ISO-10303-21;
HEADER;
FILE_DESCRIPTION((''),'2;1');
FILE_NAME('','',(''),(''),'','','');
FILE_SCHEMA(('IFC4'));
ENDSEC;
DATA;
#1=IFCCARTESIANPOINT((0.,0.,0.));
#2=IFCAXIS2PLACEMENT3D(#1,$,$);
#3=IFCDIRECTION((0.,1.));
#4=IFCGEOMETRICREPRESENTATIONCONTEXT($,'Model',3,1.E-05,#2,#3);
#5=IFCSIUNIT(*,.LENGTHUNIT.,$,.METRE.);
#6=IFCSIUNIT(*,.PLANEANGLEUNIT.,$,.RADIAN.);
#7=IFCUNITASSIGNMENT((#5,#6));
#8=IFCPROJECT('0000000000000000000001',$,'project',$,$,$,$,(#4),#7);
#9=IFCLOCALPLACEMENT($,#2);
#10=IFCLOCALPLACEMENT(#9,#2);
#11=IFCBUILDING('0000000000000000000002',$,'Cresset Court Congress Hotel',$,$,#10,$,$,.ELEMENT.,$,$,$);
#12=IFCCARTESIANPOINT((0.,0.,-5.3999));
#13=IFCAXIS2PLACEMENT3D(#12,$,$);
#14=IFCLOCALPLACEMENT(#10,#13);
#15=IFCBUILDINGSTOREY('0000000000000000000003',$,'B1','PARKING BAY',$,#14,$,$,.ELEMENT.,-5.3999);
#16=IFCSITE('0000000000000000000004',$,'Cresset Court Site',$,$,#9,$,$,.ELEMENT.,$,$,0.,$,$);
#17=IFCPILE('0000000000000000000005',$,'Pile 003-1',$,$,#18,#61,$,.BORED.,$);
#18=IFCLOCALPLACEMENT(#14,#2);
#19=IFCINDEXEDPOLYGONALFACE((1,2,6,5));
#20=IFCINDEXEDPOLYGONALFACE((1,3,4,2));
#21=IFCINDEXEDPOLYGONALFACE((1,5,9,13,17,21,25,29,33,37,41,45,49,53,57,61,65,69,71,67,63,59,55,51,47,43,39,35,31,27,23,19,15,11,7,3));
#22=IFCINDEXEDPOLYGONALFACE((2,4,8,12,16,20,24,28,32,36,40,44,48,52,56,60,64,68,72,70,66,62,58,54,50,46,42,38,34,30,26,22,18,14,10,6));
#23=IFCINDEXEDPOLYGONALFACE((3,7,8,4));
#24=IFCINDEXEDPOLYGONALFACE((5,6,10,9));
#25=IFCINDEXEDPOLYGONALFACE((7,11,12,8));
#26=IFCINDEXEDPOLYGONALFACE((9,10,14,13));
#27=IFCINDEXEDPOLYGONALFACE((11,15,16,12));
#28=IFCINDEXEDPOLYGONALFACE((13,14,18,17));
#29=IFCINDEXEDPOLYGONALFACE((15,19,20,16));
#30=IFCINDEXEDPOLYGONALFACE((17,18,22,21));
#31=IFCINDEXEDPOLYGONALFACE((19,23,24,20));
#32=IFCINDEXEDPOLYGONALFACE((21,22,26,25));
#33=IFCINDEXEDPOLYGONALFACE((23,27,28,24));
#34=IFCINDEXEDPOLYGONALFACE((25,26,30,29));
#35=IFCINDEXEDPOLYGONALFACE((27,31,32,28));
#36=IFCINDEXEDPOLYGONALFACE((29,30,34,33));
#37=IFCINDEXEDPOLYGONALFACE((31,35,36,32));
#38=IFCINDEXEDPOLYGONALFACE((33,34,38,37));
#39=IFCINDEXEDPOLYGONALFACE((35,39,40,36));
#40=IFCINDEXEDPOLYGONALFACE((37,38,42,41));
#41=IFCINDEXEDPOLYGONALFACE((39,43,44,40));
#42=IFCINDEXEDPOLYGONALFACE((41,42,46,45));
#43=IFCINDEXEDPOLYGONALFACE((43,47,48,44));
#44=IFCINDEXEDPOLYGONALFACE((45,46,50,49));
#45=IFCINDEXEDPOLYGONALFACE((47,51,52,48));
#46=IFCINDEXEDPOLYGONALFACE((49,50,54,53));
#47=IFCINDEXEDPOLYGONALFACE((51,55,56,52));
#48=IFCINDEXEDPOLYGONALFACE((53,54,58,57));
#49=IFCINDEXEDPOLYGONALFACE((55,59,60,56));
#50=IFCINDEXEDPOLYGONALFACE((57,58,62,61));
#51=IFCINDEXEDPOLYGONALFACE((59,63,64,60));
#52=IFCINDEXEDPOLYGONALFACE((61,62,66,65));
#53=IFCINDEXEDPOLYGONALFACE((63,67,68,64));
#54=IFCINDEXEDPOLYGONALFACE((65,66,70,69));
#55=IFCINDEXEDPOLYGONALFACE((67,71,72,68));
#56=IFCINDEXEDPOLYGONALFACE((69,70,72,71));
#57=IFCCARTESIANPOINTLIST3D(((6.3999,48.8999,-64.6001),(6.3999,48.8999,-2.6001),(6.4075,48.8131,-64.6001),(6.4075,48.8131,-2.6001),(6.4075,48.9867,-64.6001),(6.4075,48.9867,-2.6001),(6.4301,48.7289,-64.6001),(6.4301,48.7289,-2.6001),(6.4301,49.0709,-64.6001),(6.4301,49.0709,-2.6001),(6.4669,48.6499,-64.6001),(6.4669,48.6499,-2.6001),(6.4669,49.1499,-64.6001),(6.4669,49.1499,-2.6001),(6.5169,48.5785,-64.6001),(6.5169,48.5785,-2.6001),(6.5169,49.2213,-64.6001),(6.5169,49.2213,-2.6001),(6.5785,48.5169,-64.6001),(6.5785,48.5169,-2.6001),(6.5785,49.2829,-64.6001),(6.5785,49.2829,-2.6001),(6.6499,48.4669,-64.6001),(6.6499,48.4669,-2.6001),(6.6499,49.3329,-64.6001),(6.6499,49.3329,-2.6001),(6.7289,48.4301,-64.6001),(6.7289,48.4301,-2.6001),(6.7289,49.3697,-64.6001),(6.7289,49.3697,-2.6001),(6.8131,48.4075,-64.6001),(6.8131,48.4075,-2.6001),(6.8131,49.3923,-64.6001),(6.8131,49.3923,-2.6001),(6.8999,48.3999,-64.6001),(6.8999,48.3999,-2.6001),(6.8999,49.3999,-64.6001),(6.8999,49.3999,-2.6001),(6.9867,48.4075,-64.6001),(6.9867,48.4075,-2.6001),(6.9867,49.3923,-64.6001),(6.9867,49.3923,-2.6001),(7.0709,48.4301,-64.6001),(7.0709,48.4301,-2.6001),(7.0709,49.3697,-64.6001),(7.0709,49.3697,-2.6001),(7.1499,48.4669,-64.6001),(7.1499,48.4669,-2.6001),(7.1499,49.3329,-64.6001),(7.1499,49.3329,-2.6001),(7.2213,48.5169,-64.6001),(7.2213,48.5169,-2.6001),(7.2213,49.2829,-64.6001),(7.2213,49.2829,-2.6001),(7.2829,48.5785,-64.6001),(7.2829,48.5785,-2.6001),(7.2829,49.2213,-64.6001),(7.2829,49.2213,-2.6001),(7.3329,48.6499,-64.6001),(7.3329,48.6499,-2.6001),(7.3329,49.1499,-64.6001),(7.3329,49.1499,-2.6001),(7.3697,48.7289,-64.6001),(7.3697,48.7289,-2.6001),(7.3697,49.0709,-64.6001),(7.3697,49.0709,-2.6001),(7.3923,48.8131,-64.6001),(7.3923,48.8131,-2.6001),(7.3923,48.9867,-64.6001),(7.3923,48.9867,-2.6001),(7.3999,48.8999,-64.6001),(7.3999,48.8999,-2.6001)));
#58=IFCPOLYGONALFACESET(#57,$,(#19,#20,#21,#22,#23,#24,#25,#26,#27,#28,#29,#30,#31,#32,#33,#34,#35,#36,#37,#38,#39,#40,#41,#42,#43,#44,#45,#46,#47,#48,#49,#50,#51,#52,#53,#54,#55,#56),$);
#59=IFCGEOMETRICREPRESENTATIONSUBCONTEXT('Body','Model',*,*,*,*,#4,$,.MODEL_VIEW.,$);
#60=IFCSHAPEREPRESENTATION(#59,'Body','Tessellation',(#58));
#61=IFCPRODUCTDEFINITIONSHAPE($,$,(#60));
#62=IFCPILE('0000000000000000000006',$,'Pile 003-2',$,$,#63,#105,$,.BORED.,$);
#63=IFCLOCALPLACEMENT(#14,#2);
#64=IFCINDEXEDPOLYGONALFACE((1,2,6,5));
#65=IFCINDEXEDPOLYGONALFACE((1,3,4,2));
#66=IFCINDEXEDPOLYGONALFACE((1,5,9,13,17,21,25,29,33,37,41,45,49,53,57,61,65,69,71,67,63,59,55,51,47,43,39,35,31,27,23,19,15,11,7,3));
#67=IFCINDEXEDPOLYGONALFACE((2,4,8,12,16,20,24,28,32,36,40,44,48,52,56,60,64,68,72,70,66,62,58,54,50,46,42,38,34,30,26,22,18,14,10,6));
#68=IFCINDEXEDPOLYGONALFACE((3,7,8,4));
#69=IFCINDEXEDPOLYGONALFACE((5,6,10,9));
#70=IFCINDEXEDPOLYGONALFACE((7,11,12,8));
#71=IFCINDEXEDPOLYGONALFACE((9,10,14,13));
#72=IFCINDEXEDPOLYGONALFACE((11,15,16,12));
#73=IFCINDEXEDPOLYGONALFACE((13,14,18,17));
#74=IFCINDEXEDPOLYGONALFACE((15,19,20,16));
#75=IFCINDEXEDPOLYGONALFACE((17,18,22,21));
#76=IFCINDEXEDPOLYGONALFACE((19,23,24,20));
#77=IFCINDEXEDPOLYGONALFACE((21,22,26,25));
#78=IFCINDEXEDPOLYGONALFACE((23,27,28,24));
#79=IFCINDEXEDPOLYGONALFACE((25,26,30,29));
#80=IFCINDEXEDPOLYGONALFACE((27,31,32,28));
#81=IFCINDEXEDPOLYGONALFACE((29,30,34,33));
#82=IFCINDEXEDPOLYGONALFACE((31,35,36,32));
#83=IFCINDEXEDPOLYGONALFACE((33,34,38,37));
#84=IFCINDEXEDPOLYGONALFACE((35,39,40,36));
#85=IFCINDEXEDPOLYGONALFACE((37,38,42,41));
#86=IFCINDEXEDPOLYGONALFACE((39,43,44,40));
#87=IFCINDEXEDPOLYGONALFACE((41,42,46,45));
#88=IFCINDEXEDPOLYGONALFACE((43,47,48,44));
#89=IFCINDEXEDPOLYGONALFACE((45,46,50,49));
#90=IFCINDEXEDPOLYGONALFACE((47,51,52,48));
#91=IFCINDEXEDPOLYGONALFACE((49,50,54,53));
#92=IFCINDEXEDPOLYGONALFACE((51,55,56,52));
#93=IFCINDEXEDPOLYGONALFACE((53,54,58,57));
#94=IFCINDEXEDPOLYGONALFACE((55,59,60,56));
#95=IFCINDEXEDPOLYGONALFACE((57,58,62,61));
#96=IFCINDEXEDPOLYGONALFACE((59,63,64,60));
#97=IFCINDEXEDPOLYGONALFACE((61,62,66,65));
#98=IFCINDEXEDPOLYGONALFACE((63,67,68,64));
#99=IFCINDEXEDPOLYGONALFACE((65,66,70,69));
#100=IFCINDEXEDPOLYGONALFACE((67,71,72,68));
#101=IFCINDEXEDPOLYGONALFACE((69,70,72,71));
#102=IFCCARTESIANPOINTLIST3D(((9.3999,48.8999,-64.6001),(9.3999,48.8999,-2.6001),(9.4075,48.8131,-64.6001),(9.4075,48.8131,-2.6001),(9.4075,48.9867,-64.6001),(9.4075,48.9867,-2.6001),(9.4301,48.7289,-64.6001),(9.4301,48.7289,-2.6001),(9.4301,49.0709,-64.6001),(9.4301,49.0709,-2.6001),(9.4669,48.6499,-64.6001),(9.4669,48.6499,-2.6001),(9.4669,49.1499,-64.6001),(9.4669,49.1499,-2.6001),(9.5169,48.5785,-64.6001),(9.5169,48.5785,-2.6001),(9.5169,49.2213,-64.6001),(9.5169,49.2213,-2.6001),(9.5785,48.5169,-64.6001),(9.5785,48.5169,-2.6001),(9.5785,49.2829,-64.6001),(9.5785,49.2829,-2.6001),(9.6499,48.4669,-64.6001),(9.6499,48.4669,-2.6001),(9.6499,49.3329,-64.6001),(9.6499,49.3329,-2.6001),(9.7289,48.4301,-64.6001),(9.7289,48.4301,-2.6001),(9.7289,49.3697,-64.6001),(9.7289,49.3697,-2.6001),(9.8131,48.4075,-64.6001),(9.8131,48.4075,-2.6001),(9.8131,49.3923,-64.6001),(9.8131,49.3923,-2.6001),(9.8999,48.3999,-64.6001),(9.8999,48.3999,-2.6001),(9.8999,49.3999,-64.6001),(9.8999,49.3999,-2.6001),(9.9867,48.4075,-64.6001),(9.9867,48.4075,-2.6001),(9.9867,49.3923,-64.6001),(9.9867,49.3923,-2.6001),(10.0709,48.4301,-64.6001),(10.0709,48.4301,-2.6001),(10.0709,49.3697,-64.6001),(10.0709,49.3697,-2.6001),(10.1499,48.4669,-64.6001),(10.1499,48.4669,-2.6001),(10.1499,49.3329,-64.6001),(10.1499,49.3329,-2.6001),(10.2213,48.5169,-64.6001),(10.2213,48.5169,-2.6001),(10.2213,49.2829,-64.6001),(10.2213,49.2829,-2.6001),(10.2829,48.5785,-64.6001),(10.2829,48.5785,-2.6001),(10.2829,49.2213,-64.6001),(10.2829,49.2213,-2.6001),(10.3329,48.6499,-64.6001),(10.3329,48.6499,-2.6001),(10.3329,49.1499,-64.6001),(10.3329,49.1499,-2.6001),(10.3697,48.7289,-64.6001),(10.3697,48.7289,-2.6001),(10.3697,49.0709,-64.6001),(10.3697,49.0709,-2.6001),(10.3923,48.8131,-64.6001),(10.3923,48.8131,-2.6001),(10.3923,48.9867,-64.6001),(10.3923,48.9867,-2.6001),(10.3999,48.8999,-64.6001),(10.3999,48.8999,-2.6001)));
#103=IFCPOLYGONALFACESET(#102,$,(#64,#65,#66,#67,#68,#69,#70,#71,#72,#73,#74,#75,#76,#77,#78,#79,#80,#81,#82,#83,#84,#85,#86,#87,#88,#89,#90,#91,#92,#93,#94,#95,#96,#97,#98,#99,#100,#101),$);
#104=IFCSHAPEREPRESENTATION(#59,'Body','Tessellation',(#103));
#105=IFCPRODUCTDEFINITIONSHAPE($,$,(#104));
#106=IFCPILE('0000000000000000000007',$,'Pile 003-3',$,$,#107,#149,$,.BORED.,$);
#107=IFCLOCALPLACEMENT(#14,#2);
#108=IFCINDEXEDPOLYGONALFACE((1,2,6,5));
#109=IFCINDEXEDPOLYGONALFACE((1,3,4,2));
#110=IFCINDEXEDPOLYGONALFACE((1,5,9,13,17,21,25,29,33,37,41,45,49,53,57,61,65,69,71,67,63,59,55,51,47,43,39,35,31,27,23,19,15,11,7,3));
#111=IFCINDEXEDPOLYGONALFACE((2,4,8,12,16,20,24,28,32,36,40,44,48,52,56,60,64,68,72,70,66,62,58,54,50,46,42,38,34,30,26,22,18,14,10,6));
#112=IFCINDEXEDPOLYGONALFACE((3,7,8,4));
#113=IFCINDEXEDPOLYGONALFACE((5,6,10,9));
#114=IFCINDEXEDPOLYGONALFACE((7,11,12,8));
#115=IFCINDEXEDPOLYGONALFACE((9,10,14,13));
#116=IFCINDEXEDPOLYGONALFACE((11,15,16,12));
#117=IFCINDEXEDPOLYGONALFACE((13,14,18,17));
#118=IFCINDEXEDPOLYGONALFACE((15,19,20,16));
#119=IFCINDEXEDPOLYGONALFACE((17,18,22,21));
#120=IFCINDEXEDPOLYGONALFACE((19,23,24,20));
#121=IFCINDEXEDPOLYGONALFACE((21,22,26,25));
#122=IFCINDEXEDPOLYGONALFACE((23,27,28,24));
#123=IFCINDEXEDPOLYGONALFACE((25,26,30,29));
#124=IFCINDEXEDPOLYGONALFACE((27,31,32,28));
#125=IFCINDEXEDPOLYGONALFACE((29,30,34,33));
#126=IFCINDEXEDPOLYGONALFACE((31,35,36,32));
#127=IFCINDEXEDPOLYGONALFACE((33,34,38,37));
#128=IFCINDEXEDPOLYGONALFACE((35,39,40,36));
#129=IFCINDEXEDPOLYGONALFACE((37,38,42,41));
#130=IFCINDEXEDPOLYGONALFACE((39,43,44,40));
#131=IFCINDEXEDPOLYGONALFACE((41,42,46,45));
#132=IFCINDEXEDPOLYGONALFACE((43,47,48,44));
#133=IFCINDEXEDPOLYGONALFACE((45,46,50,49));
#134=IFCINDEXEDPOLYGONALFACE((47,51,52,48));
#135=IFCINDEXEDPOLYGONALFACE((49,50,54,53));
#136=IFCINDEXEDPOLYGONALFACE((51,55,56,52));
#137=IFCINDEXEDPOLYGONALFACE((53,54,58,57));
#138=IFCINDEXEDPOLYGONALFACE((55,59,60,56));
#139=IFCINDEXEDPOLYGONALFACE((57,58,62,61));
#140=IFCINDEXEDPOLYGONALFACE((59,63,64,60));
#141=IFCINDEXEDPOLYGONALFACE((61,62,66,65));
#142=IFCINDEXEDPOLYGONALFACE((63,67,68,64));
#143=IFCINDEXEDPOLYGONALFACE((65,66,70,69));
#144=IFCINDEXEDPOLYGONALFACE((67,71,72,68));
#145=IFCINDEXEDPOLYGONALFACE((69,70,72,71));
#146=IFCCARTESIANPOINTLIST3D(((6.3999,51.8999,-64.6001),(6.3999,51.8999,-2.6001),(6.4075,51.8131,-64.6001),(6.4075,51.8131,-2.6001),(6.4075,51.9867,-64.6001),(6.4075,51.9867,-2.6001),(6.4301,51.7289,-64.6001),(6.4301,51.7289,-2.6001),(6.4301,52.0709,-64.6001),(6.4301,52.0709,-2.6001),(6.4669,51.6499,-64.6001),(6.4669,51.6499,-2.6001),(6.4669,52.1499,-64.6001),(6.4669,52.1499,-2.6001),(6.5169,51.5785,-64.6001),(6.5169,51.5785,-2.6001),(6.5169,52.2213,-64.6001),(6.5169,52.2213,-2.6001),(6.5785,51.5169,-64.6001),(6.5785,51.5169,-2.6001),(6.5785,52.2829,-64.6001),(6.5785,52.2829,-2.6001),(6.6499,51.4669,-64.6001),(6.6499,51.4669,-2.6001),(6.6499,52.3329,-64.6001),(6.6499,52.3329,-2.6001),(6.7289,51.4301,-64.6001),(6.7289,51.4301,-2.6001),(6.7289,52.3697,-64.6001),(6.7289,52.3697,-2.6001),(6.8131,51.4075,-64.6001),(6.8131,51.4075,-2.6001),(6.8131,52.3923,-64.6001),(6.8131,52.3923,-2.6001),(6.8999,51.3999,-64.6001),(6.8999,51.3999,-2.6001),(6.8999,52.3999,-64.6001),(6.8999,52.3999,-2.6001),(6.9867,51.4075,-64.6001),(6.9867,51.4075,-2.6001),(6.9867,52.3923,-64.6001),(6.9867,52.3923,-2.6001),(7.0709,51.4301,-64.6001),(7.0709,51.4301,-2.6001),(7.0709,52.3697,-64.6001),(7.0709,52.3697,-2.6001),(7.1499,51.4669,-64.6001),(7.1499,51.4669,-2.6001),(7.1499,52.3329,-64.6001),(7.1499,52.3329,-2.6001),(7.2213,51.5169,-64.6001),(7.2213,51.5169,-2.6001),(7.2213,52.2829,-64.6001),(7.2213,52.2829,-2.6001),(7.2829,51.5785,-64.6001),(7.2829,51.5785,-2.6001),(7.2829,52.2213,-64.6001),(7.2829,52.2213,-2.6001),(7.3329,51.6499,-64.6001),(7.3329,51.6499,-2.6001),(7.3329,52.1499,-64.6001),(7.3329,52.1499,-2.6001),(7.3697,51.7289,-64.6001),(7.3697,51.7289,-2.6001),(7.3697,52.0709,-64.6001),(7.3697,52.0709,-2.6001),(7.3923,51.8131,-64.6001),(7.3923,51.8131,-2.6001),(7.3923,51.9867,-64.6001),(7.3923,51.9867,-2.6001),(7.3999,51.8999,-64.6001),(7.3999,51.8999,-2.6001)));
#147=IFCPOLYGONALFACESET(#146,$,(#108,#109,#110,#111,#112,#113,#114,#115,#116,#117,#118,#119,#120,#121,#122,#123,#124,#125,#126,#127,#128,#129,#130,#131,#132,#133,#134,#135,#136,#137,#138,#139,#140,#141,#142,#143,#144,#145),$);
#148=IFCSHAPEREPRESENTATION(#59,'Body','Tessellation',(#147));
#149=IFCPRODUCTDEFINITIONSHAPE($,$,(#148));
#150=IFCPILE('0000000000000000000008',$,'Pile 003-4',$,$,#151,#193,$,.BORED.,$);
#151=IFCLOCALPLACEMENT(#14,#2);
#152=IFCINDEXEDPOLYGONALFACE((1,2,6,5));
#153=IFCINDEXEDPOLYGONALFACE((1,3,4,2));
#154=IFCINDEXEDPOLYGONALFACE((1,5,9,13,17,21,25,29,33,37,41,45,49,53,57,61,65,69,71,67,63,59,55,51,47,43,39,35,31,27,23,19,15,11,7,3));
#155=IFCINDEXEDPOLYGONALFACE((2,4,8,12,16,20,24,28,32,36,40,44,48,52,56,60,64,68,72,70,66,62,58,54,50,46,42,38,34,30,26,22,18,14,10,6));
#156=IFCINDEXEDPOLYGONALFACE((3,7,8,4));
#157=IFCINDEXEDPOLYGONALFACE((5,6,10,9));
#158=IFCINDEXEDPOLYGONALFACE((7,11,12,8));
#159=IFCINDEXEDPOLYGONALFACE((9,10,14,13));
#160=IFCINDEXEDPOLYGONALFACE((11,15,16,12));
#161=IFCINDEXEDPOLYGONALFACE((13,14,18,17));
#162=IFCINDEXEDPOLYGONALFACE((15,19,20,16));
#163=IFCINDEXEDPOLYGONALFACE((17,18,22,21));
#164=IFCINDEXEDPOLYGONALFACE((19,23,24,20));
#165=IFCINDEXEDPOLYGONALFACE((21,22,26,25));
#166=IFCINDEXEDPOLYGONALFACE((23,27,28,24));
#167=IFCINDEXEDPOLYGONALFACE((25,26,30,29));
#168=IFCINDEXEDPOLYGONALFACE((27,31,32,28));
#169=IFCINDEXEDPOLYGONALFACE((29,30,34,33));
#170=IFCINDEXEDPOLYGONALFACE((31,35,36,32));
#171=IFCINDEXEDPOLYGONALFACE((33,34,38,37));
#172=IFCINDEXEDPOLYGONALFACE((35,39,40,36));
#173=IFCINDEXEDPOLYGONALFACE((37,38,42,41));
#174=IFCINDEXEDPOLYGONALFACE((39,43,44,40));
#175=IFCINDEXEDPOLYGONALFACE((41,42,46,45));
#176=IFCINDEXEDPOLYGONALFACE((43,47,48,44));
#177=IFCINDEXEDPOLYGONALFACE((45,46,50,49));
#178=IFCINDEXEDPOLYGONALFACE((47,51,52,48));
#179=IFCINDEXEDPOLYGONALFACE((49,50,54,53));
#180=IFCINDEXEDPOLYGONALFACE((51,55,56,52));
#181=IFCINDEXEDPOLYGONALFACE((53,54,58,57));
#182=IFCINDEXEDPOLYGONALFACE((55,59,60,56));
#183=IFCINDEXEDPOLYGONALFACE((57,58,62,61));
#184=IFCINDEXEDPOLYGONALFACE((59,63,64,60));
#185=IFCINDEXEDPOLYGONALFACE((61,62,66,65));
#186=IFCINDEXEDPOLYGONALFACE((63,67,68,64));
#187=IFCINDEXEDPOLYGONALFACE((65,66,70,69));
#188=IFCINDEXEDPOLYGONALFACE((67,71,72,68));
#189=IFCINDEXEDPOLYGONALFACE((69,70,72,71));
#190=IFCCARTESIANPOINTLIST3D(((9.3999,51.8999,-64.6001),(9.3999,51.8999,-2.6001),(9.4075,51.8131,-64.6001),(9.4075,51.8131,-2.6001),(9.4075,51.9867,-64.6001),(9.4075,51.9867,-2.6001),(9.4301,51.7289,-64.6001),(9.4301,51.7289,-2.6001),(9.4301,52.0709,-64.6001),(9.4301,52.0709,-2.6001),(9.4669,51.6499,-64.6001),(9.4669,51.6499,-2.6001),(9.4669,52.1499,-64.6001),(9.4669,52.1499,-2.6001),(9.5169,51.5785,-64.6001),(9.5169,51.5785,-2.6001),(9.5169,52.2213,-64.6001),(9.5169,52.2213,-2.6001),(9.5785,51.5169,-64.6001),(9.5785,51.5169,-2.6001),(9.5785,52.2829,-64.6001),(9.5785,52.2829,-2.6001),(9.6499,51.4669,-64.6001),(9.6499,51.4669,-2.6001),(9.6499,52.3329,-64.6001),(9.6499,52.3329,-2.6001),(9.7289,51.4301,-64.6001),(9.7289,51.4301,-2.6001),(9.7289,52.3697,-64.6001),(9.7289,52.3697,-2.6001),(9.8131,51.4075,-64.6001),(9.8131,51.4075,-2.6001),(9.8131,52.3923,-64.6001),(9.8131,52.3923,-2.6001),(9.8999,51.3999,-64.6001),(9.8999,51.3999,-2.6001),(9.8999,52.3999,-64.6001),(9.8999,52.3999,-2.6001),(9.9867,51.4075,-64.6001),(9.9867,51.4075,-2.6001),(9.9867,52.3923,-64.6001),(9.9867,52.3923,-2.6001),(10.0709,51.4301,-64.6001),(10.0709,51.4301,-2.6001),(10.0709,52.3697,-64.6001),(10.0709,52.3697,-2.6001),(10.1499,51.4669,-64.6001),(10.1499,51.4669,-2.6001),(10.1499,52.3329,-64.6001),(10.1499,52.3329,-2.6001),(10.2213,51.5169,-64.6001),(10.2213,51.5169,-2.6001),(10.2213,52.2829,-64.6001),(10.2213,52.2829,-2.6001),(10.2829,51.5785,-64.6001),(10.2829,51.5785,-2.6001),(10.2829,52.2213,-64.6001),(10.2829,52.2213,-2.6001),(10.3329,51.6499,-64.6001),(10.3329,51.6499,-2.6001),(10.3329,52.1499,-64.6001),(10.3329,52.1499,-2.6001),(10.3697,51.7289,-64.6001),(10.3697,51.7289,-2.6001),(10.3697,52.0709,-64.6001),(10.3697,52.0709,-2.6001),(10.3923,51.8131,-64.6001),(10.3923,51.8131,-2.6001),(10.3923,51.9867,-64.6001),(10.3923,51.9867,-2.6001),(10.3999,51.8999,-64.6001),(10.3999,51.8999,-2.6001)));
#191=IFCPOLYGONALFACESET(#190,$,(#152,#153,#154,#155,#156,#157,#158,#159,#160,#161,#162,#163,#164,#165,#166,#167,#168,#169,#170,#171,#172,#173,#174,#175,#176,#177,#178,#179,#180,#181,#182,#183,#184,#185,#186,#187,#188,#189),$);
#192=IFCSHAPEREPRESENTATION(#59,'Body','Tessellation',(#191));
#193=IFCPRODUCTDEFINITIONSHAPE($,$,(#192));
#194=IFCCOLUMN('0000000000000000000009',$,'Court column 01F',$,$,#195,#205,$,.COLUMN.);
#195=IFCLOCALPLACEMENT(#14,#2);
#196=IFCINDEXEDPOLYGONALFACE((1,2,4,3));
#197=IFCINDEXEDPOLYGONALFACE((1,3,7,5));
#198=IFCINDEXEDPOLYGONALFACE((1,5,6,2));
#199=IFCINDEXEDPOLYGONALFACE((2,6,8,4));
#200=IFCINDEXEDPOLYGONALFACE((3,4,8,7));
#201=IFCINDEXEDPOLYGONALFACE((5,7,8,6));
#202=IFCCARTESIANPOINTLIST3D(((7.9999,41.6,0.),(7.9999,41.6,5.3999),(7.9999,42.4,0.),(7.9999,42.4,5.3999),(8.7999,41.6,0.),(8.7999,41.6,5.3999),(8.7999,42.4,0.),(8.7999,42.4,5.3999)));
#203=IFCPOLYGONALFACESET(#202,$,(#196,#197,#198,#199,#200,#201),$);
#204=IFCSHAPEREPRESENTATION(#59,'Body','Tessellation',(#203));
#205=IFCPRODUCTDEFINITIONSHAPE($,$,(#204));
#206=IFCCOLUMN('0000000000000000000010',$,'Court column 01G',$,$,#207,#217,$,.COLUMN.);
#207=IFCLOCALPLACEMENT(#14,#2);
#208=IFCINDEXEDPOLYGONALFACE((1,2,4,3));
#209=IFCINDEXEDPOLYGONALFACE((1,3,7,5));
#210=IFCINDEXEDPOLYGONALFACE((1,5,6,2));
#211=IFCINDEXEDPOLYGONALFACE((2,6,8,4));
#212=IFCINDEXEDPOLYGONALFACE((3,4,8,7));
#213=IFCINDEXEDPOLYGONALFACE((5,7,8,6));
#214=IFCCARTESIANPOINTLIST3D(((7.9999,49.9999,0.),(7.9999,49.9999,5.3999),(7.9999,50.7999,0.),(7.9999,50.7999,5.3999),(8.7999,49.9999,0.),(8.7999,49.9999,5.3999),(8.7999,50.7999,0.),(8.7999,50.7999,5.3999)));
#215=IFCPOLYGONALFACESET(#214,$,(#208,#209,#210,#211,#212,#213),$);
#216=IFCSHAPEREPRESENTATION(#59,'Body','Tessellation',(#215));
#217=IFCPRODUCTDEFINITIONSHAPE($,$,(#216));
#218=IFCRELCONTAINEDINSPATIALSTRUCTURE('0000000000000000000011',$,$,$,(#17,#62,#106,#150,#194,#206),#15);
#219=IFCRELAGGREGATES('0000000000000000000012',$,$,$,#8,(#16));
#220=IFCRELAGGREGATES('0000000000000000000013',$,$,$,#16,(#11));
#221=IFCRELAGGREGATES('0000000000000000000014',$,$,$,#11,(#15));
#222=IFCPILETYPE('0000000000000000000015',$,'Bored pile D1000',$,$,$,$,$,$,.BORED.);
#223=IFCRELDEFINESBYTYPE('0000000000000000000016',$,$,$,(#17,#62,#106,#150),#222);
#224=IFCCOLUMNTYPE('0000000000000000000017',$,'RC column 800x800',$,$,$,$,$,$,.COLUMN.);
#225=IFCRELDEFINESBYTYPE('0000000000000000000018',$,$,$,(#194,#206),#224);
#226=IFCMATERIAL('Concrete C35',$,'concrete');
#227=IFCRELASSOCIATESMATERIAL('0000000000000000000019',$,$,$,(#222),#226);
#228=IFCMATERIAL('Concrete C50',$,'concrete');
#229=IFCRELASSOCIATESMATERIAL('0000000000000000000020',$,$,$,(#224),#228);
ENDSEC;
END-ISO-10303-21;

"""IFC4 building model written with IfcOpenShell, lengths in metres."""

from ifc_helpers import new_model, si_unit, direction, frame, origin, origin_2d, place, context, subcontext, project, spatial, rectangle, circle, extrude, material, material_profile, profile_set, type_object, element, save


model = new_model("IFC4")

# Units and contexts
model_context = context("Model", 3, precision=1e-05, world=origin(), true_north=direction((0.0, 1.0)))
body_context = subcontext(model_context, "Body", "Model", "MODEL_VIEW")
ifc_project = project(units=[si_unit("LENGTHUNIT", "METRE"), si_unit("PLANEANGLEUNIT", "RADIAN")], contexts=[model_context])

# Site, building, storey
site_placement = place(None, origin())
site = spatial("IfcSite", under=ifc_project, at=site_placement, Name="Cresset Court Site", CompositionType="ELEMENT", RefElevation=0.0)
building_placement = place(site_placement, origin())
building = spatial("IfcBuilding", under=site, at=building_placement, Name="Cresset Court Congress Hotel", CompositionType="ELEMENT")
storey_placement = place(building_placement, frame((0.0, 0.0, -5.3999)))
storey = spatial("IfcBuildingStorey", under=building, at=storey_placement, Name="B1", Description="PARKING BAY", CompositionType="ELEMENT", Elevation=-5.3999)

# Piles
ifc_material_1 = material(Name="Concrete C35", Category="concrete")
pile_type = type_object("IfcPileType", Name="Bored pile D1000", PredefinedType="BORED", material=ifc_material_1)
for number, where, z_axis, x_axis, name in (
    (1, (6.8999, 48.8999, -2.6001), (0.0, 0.0, -1.0), (1.0, 0.0, 0.0), "Pile 003-1"),
    (2, (9.8999, 48.8999, -2.6001), (0.0, 0.0, -1.0), (1.0, 0.0, 0.0), "Pile 003-2"),
    (3, (6.8999, 51.8999, -2.6001), (0.0, 0.0, -1.0), (1.0, 0.0, 0.0), "Pile 003-3"),
    (4, (9.8999, 51.8999, -2.6001), (0.0, 0.0, -1.0), (1.0, 0.0, 0.0), "Pile 003-4"),
):
    element("IfcPile", number, at=place(storey_placement, frame(where, z_axis=z_axis, x_axis=x_axis)), inside=storey, type_object=pile_type, Name=name, PredefinedType="BORED", context=body_context, shape_type="SweptSolid", body=[
        extrude(circle(Radius=0.5, at=origin_2d()), origin(), (0.0, 0.0, 1.0), 62.0),
    ])

# Columns
ifc_material_2 = material(Name="Concrete C50", Category="concrete")
ifc_material_profile = material_profile(ifc_material_2, rectangle(XDim=0.8, YDim=0.8, at=origin_2d()), Name="RC800x800")
ifc_profile_set = profile_set([ifc_material_profile], Name="Concrete C50")
column_type = type_object("IfcColumnType", Name="RC column 800x800", PredefinedType="COLUMN", material=ifc_profile_set)
for number, where, z_axis, x_axis, name in (
    (5, (8.3999, 42.0, 0.0), (0.0, 0.0, 1.0), (1.0, 0.0, 0.0), "Court column 01F"),
    (6, (8.3999, 50.3999, 0.0), (0.0, 0.0, 1.0), (1.0, 0.0, 0.0), "Court column 01G"),
):
    element("IfcColumn", number, at=place(storey_placement, frame(where, z_axis=z_axis, x_axis=x_axis)), inside=storey, type_object=column_type, Name=name, PredefinedType="COLUMN", context=body_context, shape_type="SweptSolid", body=[
        extrude(rectangle(XDim=0.8, YDim=0.8, at=origin_2d()), origin(), (0.0, 0.0, 1.0), 5.3999),
    ])

save(model, "model.ifc")
